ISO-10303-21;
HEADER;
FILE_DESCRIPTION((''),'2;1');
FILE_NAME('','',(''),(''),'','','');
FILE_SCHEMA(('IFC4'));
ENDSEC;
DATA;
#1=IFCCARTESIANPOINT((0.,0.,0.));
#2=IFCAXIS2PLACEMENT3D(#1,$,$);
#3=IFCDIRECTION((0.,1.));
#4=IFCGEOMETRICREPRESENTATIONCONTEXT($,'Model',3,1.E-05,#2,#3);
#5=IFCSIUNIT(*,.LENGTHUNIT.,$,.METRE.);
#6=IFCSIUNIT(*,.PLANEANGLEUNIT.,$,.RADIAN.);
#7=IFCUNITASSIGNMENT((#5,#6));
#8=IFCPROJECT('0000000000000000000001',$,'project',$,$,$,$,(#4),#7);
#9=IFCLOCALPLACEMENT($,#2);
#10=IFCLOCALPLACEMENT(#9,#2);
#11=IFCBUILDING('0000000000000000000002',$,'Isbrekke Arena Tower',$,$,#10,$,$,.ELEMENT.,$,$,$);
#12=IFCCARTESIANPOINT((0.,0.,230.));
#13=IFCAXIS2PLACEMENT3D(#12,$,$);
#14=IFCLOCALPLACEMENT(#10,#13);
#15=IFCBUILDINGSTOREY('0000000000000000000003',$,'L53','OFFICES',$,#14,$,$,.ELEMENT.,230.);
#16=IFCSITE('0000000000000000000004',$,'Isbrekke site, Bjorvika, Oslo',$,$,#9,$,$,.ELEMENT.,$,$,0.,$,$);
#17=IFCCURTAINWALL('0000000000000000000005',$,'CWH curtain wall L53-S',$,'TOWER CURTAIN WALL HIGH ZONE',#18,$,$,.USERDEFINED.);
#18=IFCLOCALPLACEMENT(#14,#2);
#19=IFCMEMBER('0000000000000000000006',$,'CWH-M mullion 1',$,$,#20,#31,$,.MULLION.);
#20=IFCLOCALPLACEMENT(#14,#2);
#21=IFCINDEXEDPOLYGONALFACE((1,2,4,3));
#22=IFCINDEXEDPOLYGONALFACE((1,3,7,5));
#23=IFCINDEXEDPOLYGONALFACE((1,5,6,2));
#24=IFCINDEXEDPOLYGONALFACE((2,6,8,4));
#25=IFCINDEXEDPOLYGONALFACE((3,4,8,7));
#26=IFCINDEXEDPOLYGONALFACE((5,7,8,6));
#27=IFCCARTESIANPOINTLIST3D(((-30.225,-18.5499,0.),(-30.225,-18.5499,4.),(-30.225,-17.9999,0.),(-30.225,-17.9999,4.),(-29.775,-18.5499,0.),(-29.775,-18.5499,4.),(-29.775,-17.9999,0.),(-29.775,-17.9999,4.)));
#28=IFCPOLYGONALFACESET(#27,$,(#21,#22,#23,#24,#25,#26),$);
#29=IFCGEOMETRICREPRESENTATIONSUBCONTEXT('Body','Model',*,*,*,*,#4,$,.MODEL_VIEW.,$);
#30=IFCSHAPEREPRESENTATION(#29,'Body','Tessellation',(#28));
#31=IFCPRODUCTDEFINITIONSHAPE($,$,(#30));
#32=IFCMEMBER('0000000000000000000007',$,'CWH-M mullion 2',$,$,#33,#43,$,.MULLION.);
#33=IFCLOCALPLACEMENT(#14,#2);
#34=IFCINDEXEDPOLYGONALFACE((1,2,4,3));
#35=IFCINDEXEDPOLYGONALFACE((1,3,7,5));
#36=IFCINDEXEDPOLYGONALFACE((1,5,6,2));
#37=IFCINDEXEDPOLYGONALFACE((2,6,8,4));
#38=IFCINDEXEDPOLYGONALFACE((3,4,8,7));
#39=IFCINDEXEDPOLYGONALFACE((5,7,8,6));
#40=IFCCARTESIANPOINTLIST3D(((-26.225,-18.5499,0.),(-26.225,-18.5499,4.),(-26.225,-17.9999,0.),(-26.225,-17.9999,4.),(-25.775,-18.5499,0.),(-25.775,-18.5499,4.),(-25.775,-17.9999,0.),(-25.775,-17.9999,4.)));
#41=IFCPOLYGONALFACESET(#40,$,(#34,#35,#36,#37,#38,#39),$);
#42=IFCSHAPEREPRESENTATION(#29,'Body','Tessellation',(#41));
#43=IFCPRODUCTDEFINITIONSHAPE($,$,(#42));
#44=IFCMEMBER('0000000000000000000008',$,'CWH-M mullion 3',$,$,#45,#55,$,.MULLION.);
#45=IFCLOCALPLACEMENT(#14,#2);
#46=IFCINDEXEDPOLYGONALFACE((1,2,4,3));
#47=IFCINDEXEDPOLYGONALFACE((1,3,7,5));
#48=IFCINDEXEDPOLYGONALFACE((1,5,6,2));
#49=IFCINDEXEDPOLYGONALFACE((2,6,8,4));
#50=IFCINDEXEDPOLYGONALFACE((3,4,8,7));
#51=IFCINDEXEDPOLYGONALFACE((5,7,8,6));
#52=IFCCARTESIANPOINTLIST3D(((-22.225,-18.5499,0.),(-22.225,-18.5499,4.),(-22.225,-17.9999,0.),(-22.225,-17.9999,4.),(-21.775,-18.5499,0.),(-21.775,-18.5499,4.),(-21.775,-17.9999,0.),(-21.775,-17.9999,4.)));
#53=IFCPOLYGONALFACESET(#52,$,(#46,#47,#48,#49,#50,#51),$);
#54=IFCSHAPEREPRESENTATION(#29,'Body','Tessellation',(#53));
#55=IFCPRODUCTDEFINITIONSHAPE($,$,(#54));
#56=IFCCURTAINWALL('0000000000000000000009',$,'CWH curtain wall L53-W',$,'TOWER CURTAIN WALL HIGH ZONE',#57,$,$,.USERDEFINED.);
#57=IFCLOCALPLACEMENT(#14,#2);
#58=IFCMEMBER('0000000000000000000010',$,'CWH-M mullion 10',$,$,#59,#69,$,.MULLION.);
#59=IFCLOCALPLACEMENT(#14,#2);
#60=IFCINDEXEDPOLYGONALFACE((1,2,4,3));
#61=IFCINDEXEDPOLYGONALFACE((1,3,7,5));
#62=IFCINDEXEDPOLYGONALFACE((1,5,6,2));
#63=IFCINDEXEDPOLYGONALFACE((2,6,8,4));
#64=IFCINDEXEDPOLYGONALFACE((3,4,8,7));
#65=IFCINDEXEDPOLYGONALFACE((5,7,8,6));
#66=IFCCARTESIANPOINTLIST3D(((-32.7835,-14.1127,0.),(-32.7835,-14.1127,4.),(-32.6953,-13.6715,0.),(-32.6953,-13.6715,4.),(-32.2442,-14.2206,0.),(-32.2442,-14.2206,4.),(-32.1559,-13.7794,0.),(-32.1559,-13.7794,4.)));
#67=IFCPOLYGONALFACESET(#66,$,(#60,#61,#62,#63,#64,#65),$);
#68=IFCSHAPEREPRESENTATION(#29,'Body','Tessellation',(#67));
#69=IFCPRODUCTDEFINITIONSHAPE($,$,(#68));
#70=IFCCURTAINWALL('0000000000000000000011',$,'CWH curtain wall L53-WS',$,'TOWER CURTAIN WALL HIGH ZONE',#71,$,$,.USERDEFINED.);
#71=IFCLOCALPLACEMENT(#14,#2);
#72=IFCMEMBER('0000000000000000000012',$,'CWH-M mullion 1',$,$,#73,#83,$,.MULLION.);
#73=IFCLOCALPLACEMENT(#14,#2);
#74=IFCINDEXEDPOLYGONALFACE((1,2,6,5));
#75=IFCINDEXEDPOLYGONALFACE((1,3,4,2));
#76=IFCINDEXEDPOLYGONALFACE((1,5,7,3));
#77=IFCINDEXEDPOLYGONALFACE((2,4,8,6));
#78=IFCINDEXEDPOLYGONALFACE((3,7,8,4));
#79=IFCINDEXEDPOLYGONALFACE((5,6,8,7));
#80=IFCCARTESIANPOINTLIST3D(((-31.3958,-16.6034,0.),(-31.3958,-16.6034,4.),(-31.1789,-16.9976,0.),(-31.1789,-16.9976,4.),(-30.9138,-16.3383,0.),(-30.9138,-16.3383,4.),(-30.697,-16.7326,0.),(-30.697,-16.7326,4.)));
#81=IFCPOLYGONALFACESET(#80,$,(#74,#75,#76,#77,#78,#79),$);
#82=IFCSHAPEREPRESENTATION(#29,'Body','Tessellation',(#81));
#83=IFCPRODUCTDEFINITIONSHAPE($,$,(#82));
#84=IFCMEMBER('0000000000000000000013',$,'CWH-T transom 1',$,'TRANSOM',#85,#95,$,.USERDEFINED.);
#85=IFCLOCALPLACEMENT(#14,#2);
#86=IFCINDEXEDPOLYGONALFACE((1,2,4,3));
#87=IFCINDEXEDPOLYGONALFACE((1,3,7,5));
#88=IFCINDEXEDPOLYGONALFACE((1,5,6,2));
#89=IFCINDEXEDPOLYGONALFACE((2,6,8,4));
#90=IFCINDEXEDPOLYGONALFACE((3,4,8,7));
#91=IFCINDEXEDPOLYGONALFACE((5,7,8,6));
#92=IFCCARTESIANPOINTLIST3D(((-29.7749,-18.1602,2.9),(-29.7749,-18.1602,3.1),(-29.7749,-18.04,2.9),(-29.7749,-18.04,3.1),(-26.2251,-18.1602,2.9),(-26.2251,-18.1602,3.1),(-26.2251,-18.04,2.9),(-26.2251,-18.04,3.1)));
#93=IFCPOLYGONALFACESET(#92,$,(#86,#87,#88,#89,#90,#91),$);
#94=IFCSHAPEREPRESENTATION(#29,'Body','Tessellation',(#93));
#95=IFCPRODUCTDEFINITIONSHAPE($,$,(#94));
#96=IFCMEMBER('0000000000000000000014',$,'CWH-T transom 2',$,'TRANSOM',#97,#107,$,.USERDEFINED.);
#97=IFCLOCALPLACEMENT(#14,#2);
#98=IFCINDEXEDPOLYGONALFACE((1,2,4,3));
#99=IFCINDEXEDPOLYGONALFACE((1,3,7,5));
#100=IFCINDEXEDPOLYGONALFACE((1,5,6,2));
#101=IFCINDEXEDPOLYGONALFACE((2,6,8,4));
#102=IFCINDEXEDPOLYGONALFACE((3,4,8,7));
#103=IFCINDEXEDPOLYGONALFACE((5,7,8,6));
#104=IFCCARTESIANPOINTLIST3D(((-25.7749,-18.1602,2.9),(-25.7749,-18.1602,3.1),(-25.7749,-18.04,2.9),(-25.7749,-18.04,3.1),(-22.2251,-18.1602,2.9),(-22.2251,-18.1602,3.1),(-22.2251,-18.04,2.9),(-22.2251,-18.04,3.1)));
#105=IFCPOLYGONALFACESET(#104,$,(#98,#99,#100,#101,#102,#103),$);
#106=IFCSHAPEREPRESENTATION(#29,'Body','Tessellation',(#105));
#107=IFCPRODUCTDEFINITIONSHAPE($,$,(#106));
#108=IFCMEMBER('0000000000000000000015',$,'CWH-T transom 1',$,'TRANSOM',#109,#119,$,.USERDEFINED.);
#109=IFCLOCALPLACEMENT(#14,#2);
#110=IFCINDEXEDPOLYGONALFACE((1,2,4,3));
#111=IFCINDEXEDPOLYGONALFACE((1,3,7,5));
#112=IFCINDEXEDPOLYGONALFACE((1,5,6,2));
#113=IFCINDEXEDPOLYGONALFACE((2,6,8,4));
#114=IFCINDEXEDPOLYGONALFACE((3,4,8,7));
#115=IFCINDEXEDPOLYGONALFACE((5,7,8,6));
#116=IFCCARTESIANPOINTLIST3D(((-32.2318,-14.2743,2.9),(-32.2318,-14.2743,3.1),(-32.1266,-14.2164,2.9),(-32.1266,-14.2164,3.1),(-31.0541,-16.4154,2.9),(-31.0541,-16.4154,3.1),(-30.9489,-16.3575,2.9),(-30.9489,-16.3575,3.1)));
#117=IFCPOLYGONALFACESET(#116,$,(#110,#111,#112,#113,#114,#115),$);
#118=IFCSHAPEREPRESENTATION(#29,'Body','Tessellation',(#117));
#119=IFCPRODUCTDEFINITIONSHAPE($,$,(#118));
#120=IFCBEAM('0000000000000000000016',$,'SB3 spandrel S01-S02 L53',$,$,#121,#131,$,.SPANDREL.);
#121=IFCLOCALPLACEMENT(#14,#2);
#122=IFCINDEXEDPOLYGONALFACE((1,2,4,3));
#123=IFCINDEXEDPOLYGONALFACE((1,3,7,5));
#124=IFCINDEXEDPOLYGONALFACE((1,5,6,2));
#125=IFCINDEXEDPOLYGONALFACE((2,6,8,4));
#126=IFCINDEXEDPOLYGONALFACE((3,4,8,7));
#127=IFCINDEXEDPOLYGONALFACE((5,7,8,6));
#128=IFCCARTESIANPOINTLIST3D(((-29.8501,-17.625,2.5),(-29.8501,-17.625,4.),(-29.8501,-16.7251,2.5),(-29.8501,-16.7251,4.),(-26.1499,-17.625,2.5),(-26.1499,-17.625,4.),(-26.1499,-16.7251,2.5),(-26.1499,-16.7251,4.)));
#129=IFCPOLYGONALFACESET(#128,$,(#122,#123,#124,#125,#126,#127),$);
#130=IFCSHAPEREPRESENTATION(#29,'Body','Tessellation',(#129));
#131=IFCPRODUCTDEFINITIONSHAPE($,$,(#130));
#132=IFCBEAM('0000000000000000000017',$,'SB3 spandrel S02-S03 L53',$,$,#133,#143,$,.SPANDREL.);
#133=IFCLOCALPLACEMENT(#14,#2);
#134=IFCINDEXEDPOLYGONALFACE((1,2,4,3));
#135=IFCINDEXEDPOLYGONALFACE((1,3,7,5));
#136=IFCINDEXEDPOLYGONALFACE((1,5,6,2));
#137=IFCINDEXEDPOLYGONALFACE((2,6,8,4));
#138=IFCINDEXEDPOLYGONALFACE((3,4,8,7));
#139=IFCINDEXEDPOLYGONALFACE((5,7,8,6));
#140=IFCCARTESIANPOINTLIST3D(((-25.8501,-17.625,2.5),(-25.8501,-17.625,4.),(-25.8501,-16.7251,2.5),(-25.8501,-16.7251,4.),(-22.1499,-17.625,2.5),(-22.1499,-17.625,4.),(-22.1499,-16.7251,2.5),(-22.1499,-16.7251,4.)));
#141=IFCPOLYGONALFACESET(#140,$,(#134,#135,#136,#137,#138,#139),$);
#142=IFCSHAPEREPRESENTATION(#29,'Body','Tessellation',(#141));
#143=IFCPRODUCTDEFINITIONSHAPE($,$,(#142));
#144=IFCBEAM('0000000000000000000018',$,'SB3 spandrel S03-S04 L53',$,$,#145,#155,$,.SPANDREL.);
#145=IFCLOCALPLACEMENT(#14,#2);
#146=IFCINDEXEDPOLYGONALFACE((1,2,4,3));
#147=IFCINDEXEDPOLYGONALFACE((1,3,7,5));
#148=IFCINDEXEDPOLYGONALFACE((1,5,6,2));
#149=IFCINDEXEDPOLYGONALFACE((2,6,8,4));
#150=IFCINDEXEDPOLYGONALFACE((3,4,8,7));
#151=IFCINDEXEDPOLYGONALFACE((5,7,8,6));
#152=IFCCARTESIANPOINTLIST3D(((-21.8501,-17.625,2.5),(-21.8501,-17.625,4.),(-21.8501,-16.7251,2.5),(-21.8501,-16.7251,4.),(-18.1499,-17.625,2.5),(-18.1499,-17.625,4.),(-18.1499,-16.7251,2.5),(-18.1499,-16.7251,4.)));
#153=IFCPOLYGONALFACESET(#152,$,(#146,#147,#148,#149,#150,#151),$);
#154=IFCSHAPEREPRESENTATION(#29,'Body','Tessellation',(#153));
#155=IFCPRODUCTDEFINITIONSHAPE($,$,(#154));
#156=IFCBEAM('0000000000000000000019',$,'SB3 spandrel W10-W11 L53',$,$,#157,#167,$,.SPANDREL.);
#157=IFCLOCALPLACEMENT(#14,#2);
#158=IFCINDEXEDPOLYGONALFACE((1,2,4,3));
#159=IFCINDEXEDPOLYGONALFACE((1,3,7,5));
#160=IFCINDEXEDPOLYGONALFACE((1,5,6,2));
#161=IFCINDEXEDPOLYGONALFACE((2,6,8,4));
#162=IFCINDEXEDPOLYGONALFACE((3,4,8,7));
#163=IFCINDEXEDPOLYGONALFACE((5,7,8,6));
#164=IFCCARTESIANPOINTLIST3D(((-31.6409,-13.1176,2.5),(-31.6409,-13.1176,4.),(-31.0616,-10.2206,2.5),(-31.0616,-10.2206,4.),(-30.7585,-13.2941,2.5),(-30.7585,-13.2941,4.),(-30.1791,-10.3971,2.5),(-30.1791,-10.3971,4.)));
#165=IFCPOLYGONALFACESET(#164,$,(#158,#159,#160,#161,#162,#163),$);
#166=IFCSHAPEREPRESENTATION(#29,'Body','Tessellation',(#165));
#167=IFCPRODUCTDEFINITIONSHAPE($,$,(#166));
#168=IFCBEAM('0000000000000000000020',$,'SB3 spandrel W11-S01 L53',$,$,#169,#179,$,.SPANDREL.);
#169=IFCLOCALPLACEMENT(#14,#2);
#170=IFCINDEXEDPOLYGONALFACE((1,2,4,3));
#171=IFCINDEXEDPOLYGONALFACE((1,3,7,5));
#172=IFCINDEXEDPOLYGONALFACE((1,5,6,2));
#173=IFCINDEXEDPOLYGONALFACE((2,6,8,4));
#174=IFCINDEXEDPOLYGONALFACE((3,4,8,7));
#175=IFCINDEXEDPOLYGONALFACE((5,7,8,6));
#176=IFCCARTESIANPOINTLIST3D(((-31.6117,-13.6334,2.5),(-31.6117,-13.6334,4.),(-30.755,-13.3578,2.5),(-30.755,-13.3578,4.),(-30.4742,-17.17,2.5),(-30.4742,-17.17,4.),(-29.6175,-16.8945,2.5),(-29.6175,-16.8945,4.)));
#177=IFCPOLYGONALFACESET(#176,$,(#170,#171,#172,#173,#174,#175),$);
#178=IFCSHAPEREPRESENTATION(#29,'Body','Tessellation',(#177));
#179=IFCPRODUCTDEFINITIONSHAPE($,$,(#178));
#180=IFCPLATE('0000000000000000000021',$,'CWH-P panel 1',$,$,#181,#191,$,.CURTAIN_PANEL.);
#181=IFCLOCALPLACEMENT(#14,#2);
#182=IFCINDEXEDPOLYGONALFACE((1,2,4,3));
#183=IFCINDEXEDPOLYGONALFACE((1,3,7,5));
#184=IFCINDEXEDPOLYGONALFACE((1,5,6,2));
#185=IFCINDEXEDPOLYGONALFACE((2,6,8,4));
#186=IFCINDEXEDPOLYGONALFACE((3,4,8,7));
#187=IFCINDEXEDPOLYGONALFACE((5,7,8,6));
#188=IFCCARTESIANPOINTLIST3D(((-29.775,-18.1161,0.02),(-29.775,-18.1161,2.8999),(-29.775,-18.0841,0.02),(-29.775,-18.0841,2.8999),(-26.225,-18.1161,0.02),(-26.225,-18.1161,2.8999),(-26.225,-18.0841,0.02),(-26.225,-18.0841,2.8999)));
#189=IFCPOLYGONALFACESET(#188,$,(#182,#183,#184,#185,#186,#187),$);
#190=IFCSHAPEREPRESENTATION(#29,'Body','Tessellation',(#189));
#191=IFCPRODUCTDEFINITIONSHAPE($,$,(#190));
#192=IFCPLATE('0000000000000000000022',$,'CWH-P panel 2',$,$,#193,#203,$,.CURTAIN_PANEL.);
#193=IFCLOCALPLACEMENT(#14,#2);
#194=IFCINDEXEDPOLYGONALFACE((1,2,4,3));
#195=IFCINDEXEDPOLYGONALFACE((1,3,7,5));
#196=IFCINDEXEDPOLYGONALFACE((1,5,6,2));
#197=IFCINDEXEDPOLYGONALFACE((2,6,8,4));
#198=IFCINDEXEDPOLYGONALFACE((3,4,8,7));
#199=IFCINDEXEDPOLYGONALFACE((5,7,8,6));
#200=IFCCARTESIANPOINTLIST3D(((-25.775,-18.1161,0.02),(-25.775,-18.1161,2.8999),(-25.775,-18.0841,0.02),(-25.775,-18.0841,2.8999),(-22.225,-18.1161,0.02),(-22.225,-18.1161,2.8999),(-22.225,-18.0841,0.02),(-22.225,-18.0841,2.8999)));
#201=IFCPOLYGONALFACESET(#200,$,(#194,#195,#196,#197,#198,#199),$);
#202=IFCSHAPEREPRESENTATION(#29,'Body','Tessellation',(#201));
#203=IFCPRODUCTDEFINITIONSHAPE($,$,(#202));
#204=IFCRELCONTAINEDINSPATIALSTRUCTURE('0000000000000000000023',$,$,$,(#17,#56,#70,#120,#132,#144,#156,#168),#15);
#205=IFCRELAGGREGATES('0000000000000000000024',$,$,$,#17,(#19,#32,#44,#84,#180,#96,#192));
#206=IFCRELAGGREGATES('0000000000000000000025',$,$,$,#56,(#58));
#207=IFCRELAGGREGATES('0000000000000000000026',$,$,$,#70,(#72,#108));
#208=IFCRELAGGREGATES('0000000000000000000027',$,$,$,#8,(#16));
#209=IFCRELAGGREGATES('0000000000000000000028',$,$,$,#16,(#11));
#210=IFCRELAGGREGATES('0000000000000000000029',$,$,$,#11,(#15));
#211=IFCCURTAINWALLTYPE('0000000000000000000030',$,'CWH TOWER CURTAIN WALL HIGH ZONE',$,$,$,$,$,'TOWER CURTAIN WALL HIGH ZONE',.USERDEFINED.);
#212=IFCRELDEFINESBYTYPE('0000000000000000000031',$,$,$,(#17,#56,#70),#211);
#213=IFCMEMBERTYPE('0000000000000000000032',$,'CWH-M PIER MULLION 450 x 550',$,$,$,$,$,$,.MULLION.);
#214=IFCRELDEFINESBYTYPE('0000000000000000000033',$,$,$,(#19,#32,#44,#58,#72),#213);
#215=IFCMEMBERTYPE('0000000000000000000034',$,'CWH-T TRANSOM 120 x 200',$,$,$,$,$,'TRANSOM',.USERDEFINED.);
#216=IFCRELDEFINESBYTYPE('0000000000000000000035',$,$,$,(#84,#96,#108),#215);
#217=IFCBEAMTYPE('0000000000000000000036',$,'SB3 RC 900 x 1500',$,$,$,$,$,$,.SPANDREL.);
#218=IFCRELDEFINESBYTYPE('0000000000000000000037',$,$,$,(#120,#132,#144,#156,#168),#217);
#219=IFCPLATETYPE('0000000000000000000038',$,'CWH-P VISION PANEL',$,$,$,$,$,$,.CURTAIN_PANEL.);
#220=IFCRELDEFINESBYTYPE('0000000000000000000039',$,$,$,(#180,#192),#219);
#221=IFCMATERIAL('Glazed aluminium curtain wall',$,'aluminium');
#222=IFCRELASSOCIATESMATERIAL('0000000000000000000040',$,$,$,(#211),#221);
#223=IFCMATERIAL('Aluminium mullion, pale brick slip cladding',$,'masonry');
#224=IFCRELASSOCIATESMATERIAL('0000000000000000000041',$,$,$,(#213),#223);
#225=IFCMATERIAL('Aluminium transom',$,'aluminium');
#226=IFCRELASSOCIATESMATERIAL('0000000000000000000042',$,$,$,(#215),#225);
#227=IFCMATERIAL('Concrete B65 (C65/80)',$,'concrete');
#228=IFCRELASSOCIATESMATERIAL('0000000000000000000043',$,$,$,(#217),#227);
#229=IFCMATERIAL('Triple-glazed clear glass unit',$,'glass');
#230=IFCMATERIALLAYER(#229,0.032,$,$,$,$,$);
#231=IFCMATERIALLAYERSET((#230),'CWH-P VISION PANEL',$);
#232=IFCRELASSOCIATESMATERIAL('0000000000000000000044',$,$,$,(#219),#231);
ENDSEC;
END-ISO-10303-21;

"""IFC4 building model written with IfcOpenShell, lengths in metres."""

from ifc_helpers import new_model, si_unit, direction, frame, origin, origin_2d, place, context, subcontext, project, spatial, rectangle, extrude, material, layer, layer_set, material_profile, profile_set, type_object, element, aggregate, save


model = new_model("IFC4")

# Units and contexts
model_context = context("Model", 3, precision=1e-05, world=origin(), true_north=direction((0.0, 1.0)))
body_context = subcontext(model_context, "Body", "Model", "MODEL_VIEW")
ifc_project = project(units=[si_unit("LENGTHUNIT", "METRE"), si_unit("PLANEANGLEUNIT", "RADIAN")], contexts=[model_context])

# Site, building, storey
site_placement = place(None, origin())
site = spatial("IfcSite", under=ifc_project, at=site_placement, Name="Isbrekke site, Bjorvika, Oslo", CompositionType="ELEMENT", RefElevation=0.0)
building_placement = place(site_placement, origin())
building = spatial("IfcBuilding", under=site, at=building_placement, Name="Isbrekke Arena Tower", CompositionType="ELEMENT")
storey_placement = place(building_placement, frame((0.0, 0.0, 230.0)))
storey = spatial("IfcBuildingStorey", under=building, at=storey_placement, Name="L53", Description="OFFICES", CompositionType="ELEMENT", Elevation=230.0)

# Curtain wall, members
ifc_material_1 = material(Name="Glazed aluminium curtain wall", Category="aluminium")
curtain_wall_type = type_object("IfcCurtainWallType", Name="CWH TOWER CURTAIN WALL HIGH ZONE", ElementType="TOWER CURTAIN WALL HIGH ZONE", PredefinedType="USERDEFINED", material=ifc_material_1)
curtain_wall_1_placement = place(storey_placement, origin())
curtain_wall_1 = element("IfcCurtainWall", 1, at=curtain_wall_1_placement, inside=storey, type_object=curtain_wall_type, Name="CWH curtain wall L53-S", ObjectType="TOWER CURTAIN WALL HIGH ZONE", PredefinedType="USERDEFINED")
ifc_material_2 = material(Name="Aluminium mullion, pale brick slip cladding", Category="masonry")
ifc_material_profile_1 = material_profile(ifc_material_2, rectangle(XDim=0.45, YDim=0.55, at=origin_2d()), Name="PIER 450X550")
ifc_profile_set_1 = profile_set([ifc_material_profile_1], Name="Aluminium mullion, pale brick slip cladding")
member_type_1 = type_object("IfcMemberType", Name="CWH-M PIER MULLION 450 x 550", PredefinedType="MULLION", material=ifc_profile_set_1)
member_1_placement = place(storey_placement, frame((-30.0, -18.2749, 0.0), z_axis=(0.0, 0.0, 1.0), x_axis=(1.0, 0.0, 0.0)))
member_1 = element("IfcMember", 2, at=member_1_placement, type_object=member_type_1, Name="CWH-M mullion 1", PredefinedType="MULLION", context=body_context, shape_type="SweptSolid", body=[
    extrude(rectangle(XDim=0.45, YDim=0.55, at=origin_2d()), origin(), (0.0, 0.0, 1.0), 4.0),
])
member_2_placement = place(storey_placement, frame((-26.0, -18.2749, 0.0), z_axis=(0.0, 0.0, 1.0), x_axis=(1.0, 0.0, 0.0)))
member_2 = element("IfcMember", 3, at=member_2_placement, type_object=member_type_1, Name="CWH-M mullion 2", PredefinedType="MULLION", context=body_context, shape_type="SweptSolid", body=[
    extrude(rectangle(XDim=0.45, YDim=0.55, at=origin_2d()), origin(), (0.0, 0.0, 1.0), 4.0),
])
member_3_placement = place(storey_placement, frame((-22.0, -18.2749, 0.0), z_axis=(0.0, 0.0, 1.0), x_axis=(1.0, 0.0, 0.0)))
member_3 = element("IfcMember", 4, at=member_3_placement, type_object=member_type_1, Name="CWH-M mullion 3", PredefinedType="MULLION", context=body_context, shape_type="SweptSolid", body=[
    extrude(rectangle(XDim=0.45, YDim=0.55, at=origin_2d()), origin(), (0.0, 0.0, 1.0), 4.0),
])

# Curtain walls, members
curtain_wall_2_placement = place(storey_placement, origin())
curtain_wall_2 = element("IfcCurtainWall", 5, at=curtain_wall_2_placement, inside=storey, type_object=curtain_wall_type, Name="CWH curtain wall L53-W", ObjectType="TOWER CURTAIN WALL HIGH ZONE", PredefinedType="USERDEFINED")
member_4_placement = place(storey_placement, frame((-32.4697, -13.946, 0.0), z_axis=(0.0, 0.0, 1.0), x_axis=(-0.196116, -0.980581, 0.0)))
member_4 = element("IfcMember", 6, at=member_4_placement, type_object=member_type_1, Name="CWH-M mullion 10", PredefinedType="MULLION", context=body_context, shape_type="SweptSolid", body=[
    extrude(rectangle(XDim=0.45, YDim=0.55, at=origin_2d()), origin(), (0.0, 0.0, 1.0), 4.0),
])
curtain_wall_3_placement = place(storey_placement, origin())
curtain_wall_3 = element("IfcCurtainWall", 7, at=curtain_wall_3_placement, inside=storey, type_object=curtain_wall_type, Name="CWH curtain wall L53-WS", ObjectType="TOWER CURTAIN WALL HIGH ZONE", PredefinedType="USERDEFINED")
member_5_placement = place(storey_placement, frame((-31.0464, -16.668, 0.0), z_axis=(0.0, 0.0, 1.0), x_axis=(0.481919, -0.876216, 0.0)))
member_5 = element("IfcMember", 8, at=member_5_placement, type_object=member_type_1, Name="CWH-M mullion 1", PredefinedType="MULLION", context=body_context, shape_type="SweptSolid", body=[
    extrude(rectangle(XDim=0.45, YDim=0.55, at=origin_2d()), origin(), (0.0, 0.0, 1.0), 4.0),
])

# Members
ifc_material_3 = material(Name="Aluminium transom", Category="aluminium")
ifc_material_profile_2 = material_profile(ifc_material_3, rectangle(XDim=0.1201, YDim=0.2, at=origin_2d()), Name="TRANSOM 120X200")
ifc_profile_set_2 = profile_set([ifc_material_profile_2], Name="Aluminium transom")
member_type_2 = type_object("IfcMemberType", Name="CWH-T TRANSOM 120 x 200", ElementType="TRANSOM", PredefinedType="USERDEFINED", material=ifc_profile_set_2)
member_6_placement = place(storey_placement, frame((-29.7749, -18.1001, 3.0), z_axis=(1.0, 0.0, 0.0), x_axis=(0.0, 1.0, 0.0)))
member_6 = element("IfcMember", 9, at=member_6_placement, type_object=member_type_2, Name="CWH-T transom 1", ObjectType="TRANSOM", PredefinedType="USERDEFINED", context=body_context, shape_type="SweptSolid", body=[
    extrude(rectangle(XDim=0.1201, YDim=0.2, at=origin_2d()), origin(), (0.0, 0.0, 1.0), 3.5498),
])
member_7_placement = place(storey_placement, frame((-25.7749, -18.1001, 3.0), z_axis=(1.0, 0.0, 0.0), x_axis=(0.0, 1.0, 0.0)))
member_7 = element("IfcMember", 10, at=member_7_placement, type_object=member_type_2, Name="CWH-T transom 2", ObjectType="TRANSOM", PredefinedType="USERDEFINED", context=body_context, shape_type="SweptSolid", body=[
    extrude(rectangle(XDim=0.1201, YDim=0.2, at=origin_2d()), origin(), (0.0, 0.0, 1.0), 3.5498),
])
member_8_placement = place(storey_placement, frame((-32.1792, -14.2454, 3.0), z_axis=(0.481957, -0.876195, 0.0), x_axis=(0.876195, 0.481957, 0.0)))
member_8 = element("IfcMember", 11, at=member_8_placement, type_object=member_type_2, Name="CWH-T transom 1", ObjectType="TRANSOM", PredefinedType="USERDEFINED", context=body_context, shape_type="SweptSolid", body=[
    extrude(rectangle(XDim=0.1201, YDim=0.2, at=origin_2d()), origin(), (0.0, 0.0, 1.0), 2.4436),
])

# Beams
ifc_material_4 = material(Name="Concrete B65 (C65/80)", Category="concrete")
ifc_material_profile_3 = material_profile(ifc_material_4, rectangle(XDim=0.8999, YDim=1.5, at=origin_2d()), Name="RC 900x1500")
ifc_profile_set_3 = profile_set([ifc_material_profile_3], Name="Concrete B65 (C65/80)")
beam_type_1 = type_object("IfcBeamType", Name="SB3 RC 900 x 1500", PredefinedType="SPANDREL", material=ifc_profile_set_3)
for number, where, z_axis, x_axis, name in (
    (12, (-29.8501, -17.175, 3.25), (1.0, 0.0, 0.0), (0.0, 1.0, 0.0), "SB3 spandrel S01-S02 L53"),
    (13, (-25.8501, -17.175, 3.25), (1.0, 0.0, 0.0), (0.0, 1.0, 0.0), "SB3 spandrel S02-S03 L53"),
    (14, (-21.8501, -17.175, 3.25), (1.0, 0.0, 0.0), (0.0, 1.0, 0.0), "SB3 spandrel S03-S04 L53"),
):
    element("IfcBeam", number, at=place(storey_placement, frame(where, z_axis=z_axis, x_axis=x_axis)), inside=storey, type_object=beam_type_1, Name=name, PredefinedType="SPANDREL", context=body_context, shape_type="SweptSolid", body=[
        extrude(rectangle(XDim=0.8999, YDim=1.5, at=origin_2d()), origin(), (0.0, 0.0, 1.0), 3.7002),
    ])
beam_1_placement = place(storey_placement, frame((-30.6204, -10.3088, 3.25), z_axis=(-0.1961, -0.980584, 0.0), x_axis=(0.980584, -0.1961, 0.0)))
element("IfcBeam", 15, at=beam_1_placement, inside=storey, type_object=beam_type_1, Name="SB3 spandrel W10-W11 L53", PredefinedType="SPANDREL", context=body_context, shape_type="SweptSolid", body=[
    extrude(rectangle(XDim=0.8999, YDim=1.5, at=origin_2d()), origin(), (0.0, 0.0, 1.0), 2.9543),
])
beam_2_placement = place(storey_placement, frame((-31.1833, -13.4956, 3.25), z_axis=(0.306175, -0.951975, 0.0), x_axis=(0.951975, 0.306175, 0.0)))
element("IfcBeam", 16, at=beam_2_placement, inside=storey, type_object=beam_type_1, Name="SB3 spandrel W11-S01 L53", PredefinedType="SPANDREL", context=body_context, shape_type="SweptSolid", body=[
    extrude(rectangle(XDim=0.8999, YDim=1.5, at=origin_2d()), origin(), (0.0, 0.0, 1.0), 3.7151),
])

# Plates
ifc_material_5 = material(Name="Triple-glazed clear glass unit", Category="glass")
ifc_layer_1 = layer(ifc_material_5, 0.032)
ifc_layer_set_1 = layer_set([ifc_layer_1], Name="CWH-P VISION PANEL")
plate_type = type_object("IfcPlateType", Name="CWH-P VISION PANEL", PredefinedType="CURTAIN_PANEL", material=ifc_layer_set_1)
plate_1_placement = place(storey_placement, frame((-28.0, -18.1001, 0.02), z_axis=(0.0, 0.0, 1.0), x_axis=(1.0, 0.0, 0.0)))
plate_1 = element("IfcPlate", 17, at=plate_1_placement, type_object=plate_type, Name="CWH-P panel 1", PredefinedType="CURTAIN_PANEL", context=body_context, shape_type="SweptSolid", body=[
    extrude(rectangle(XDim=3.55, YDim=0.032, at=origin_2d()), origin(), (0.0, 0.0, 1.0), 2.8799),
])
plate_2_placement = place(storey_placement, frame((-24.0, -18.1001, 0.02), z_axis=(0.0, 0.0, 1.0), x_axis=(1.0, 0.0, 0.0)))
plate_2 = element("IfcPlate", 18, at=plate_2_placement, type_object=plate_type, Name="CWH-P panel 2", PredefinedType="CURTAIN_PANEL", context=body_context, shape_type="SweptSolid", body=[
    extrude(rectangle(XDim=3.55, YDim=0.032, at=origin_2d()), origin(), (0.0, 0.0, 1.0), 2.8799),
])
aggregate(curtain_wall_1, [member_1, member_2, member_3, member_6, plate_1, member_7, plate_2])
aggregate(curtain_wall_2, [member_4])
aggregate(curtain_wall_3, [member_5, member_8])

save(model, "model.ifc")
